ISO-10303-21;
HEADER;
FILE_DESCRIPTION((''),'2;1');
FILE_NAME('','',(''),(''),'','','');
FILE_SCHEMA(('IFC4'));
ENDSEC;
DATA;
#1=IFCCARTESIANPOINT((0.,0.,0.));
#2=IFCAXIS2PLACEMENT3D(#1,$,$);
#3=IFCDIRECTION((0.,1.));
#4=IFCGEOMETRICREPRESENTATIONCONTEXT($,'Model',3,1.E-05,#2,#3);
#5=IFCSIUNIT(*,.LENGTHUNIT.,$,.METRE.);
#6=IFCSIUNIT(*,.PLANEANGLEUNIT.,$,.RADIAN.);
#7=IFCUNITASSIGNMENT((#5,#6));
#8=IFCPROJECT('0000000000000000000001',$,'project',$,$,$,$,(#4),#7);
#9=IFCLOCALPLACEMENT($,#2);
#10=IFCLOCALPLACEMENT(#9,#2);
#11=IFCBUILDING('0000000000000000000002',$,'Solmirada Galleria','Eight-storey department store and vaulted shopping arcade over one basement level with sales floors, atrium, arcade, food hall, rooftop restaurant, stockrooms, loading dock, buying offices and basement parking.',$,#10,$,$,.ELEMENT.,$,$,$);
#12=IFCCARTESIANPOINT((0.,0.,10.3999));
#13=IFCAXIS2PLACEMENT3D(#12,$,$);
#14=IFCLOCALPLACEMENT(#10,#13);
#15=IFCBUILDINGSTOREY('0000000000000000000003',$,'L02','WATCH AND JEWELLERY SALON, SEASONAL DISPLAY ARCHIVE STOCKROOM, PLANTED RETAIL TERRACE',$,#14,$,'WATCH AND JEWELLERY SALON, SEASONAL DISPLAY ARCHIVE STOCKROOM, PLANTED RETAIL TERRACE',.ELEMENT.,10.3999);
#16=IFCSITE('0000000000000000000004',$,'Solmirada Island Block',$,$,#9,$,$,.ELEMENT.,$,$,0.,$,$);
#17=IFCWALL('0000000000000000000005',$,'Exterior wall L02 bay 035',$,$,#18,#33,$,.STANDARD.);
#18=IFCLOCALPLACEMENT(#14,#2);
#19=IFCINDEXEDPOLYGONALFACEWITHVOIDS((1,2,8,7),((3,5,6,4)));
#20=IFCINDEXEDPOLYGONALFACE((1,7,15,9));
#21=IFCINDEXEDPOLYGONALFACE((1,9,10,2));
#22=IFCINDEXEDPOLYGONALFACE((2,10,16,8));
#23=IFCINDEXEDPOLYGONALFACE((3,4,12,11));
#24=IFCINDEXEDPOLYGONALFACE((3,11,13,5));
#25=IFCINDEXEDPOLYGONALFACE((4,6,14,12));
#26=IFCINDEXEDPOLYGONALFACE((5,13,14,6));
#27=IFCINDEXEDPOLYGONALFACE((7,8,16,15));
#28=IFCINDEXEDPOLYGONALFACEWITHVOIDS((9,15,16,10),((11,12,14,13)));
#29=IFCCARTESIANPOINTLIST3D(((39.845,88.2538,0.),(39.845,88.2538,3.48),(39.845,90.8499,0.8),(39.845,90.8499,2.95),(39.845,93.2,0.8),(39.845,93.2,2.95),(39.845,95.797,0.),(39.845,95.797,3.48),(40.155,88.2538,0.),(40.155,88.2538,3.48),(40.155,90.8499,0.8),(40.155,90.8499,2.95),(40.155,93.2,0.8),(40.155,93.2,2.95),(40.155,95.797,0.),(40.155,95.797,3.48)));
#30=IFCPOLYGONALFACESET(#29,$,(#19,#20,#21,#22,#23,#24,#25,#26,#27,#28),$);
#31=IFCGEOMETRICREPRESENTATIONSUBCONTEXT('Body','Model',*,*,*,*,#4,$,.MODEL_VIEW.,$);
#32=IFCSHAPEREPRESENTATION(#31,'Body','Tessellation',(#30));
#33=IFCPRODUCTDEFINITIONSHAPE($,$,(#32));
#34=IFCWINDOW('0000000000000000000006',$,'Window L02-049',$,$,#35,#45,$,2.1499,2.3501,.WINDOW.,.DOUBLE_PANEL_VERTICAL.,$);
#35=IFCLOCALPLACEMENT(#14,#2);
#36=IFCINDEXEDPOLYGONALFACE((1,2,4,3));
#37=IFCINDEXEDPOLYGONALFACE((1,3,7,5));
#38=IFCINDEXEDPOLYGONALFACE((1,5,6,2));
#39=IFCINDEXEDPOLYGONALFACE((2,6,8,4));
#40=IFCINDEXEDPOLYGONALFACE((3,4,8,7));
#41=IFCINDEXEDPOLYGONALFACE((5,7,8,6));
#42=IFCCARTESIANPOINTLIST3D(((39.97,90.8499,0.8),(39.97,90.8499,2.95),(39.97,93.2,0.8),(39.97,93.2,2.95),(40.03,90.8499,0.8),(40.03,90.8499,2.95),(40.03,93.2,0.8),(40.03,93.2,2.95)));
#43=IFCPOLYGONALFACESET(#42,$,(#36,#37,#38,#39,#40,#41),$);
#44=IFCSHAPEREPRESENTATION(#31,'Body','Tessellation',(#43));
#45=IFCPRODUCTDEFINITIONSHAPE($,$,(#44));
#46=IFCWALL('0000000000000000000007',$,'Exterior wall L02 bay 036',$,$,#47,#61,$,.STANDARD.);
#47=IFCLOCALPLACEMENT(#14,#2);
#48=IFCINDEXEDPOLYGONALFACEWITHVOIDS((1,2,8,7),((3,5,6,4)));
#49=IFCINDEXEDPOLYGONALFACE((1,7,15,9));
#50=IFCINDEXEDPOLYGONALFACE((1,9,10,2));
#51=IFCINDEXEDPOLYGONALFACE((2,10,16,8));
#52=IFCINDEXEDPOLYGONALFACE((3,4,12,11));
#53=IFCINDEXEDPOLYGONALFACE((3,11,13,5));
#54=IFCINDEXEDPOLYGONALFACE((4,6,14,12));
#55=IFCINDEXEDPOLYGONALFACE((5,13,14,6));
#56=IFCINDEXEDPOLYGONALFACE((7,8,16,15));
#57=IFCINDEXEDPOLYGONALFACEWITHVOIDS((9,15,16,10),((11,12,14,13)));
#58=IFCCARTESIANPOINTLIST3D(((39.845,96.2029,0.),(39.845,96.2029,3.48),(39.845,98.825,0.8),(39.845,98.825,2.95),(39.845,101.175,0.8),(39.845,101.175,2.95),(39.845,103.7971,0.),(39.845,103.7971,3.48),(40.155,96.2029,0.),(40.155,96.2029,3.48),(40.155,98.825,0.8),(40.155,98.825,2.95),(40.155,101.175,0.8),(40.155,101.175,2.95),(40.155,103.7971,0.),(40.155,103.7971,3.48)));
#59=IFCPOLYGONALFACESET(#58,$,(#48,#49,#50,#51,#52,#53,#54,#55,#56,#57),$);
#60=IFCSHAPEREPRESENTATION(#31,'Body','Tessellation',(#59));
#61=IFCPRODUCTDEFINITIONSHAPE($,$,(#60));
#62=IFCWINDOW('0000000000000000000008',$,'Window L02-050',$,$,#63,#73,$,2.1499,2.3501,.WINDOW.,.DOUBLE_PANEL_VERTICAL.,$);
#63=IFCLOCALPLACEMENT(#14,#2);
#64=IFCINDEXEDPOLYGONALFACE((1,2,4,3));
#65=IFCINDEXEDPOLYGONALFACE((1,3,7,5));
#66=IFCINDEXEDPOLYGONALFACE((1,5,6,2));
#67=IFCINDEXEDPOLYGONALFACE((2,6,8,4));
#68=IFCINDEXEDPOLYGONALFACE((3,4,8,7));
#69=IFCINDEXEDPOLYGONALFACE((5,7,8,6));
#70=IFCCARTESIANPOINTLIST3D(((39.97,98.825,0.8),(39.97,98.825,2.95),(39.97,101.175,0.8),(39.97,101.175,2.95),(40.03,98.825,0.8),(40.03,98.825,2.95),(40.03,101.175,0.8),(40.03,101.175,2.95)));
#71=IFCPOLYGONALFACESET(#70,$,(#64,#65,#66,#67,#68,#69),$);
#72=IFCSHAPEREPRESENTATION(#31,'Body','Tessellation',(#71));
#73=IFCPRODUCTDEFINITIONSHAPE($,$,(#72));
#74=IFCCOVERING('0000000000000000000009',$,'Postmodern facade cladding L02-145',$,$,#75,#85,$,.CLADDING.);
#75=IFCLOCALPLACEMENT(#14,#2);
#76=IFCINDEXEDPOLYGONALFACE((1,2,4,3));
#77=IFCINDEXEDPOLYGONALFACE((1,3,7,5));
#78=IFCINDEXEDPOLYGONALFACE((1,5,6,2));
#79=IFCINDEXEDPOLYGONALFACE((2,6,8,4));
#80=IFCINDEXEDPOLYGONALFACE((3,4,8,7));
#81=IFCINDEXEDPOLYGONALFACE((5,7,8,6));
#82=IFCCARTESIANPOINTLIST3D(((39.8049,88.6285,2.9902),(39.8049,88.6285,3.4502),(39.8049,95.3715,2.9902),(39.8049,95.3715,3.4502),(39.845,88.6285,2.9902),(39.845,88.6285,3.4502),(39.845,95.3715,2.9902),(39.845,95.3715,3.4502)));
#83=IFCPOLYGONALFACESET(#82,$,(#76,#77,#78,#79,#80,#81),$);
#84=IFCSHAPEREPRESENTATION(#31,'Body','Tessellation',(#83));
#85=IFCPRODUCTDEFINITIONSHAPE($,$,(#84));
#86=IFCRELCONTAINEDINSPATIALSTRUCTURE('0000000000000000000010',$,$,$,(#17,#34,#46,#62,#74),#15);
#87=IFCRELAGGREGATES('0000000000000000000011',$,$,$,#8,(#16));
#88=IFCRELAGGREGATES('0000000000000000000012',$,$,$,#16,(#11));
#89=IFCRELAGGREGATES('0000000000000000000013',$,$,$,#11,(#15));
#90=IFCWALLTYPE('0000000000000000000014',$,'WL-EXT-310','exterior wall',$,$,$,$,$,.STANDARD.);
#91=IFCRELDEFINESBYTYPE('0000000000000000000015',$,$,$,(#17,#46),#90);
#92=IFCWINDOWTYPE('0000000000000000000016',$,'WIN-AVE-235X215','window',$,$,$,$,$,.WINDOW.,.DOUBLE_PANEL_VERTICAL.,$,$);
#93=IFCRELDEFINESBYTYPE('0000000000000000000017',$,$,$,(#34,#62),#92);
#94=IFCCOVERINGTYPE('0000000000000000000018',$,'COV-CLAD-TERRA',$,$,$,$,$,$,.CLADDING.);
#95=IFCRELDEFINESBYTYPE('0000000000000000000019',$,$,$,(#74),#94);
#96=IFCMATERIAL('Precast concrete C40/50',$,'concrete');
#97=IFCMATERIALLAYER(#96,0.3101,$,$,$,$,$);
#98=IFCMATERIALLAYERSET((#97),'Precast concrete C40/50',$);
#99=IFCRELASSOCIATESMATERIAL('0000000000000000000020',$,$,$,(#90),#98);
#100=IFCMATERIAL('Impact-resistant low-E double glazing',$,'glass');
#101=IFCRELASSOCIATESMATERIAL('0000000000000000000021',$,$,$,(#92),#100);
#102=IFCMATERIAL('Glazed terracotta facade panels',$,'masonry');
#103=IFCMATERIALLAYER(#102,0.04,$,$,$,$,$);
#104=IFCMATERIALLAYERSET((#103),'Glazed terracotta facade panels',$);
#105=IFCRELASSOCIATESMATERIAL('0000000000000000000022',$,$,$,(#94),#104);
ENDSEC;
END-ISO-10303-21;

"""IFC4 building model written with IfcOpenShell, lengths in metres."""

from ifc_helpers import new_model, si_unit, direction, frame, frame_2d, origin, origin_2d, place, context, subcontext, project, spatial, rectangle, extrude, material, layer, layer_set, type_object, element, fill, save


model = new_model("IFC4")

# Units and contexts
model_context = context("Model", 3, precision=1e-05, world=origin(), true_north=direction((0.0, 1.0)))
body_context = subcontext(model_context, "Body", "Model", "MODEL_VIEW")
ifc_project = project(units=[si_unit("LENGTHUNIT", "METRE"), si_unit("PLANEANGLEUNIT", "RADIAN")], contexts=[model_context])

# Site, building, storey
site_placement = place(None, origin())
site = spatial("IfcSite", under=ifc_project, at=site_placement, Name="Solmirada Island Block", CompositionType="ELEMENT", RefElevation=0.0)
building_placement = place(site_placement, origin())
building = spatial("IfcBuilding", under=site, at=building_placement, Name="Solmirada Galleria", Description="Eight-storey department store and vaulted shopping arcade over one basement level with sales floors, atrium, arcade, food hall, rooftop restaurant, stockrooms, loading dock, buying offices and basement parking.", CompositionType="ELEMENT")
storey_placement = place(building_placement, frame((0.0, 0.0, 10.3999)))
storey = spatial("IfcBuildingStorey", under=building, at=storey_placement, Name="L02", Description="WATCH AND JEWELLERY SALON, SEASONAL DISPLAY ARCHIVE STOCKROOM, PLANTED RETAIL TERRACE", LongName="WATCH AND JEWELLERY SALON, SEASONAL DISPLAY ARCHIVE STOCKROOM, PLANTED RETAIL TERRACE", CompositionType="ELEMENT", Elevation=10.3999)

# Walls, openings, windows
ifc_material_1 = material(Name="Precast concrete C40/50", Category="concrete")
ifc_layer_1 = layer(ifc_material_1, 0.3101)
ifc_layer_set_1 = layer_set([ifc_layer_1], Name="Precast concrete C40/50")
wall_type = type_object("IfcWallType", Name="WL-EXT-310", Description="exterior wall", PredefinedType="STANDARD", material=ifc_layer_set_1)
wall_1_placement = place(storey_placement, frame((40.0, 88.2539, 0.0), z_axis=(0.0, 0.0, 1.0), x_axis=(0.0, 1.0, 0.0)))
wall_1 = element("IfcWall", 1, at=wall_1_placement, inside=storey, type_object=wall_type, Name="Exterior wall L02 bay 035", PredefinedType="STANDARD", context=body_context, shape_type="SweptSolid", body=[
    extrude(rectangle(XDim=7.5432, YDim=0.3101, at=frame_2d((3.7715, 0.0))), origin(), (0.0, 0.0, 1.0), 3.48),
])
opening_1_placement = place(wall_1_placement, frame((2.5959, 0.0, 0.8)))
opening_1 = element("IfcOpeningElement", 2, at=opening_1_placement, cuts=wall_1, PredefinedType="OPENING", context=body_context, shape_type="SweptSolid", body=[
    extrude(rectangle(XDim=2.3501, YDim=2.1499, at=frame_2d((1.175, 1.075))), frame((0.0, 0.165, 0.0), z_axis=(0.0, -1.0, 0.0), x_axis=(1.0, 0.0, 0.0)), (0.0, 0.0, 1.0), 0.3301),
])
ifc_material_2 = material(Name="Impact-resistant low-E double glazing", Category="glass")
window_type = type_object("IfcWindowType", Name="WIN-AVE-235X215", Description="window", PartitioningType="DOUBLE_PANEL_VERTICAL", PredefinedType="WINDOW", material=ifc_material_2)
window_1_placement = place(opening_1_placement, origin())
window_1 = element("IfcWindow", 3, at=window_1_placement, inside=storey, type_object=window_type, Name="Window L02-049", OverallHeight=2.1499, OverallWidth=2.3501, PartitioningType="DOUBLE_PANEL_VERTICAL", PredefinedType="WINDOW", context=body_context, shape_type="SweptSolid", body=[
    extrude(rectangle(XDim=2.3501, YDim=2.1499, at=frame_2d((1.175, 1.075))), frame((0.0, 0.03, 0.0), z_axis=(0.0, -1.0, 0.0), x_axis=(1.0, 0.0, 0.0)), (0.0, 0.0, 1.0), 0.0601),
])
fill(opening_1, window_1)
wall_2_placement = place(storey_placement, frame((40.0, 96.2029, 0.0), z_axis=(0.0, 0.0, 1.0), x_axis=(0.0, 1.0, 0.0)))
wall_2 = element("IfcWall", 4, at=wall_2_placement, inside=storey, type_object=wall_type, Name="Exterior wall L02 bay 036", PredefinedType="STANDARD", context=body_context, shape_type="SweptSolid", body=[
    extrude(rectangle(XDim=7.5942, YDim=0.3101, at=frame_2d((3.7971, 0.0))), origin(), (0.0, 0.0, 1.0), 3.48),
])
opening_2_placement = place(wall_2_placement, frame((2.6221, 0.0, 0.8)))
opening_2 = element("IfcOpeningElement", 5, at=opening_2_placement, cuts=wall_2, PredefinedType="OPENING", context=body_context, shape_type="SweptSolid", body=[
    extrude(rectangle(XDim=2.3501, YDim=2.1499, at=frame_2d((1.175, 1.075))), frame((0.0, 0.165, 0.0), z_axis=(0.0, -1.0, 0.0), x_axis=(1.0, 0.0, 0.0)), (0.0, 0.0, 1.0), 0.3301),
])
window_2_placement = place(opening_2_placement, origin())
window_2 = element("IfcWindow", 6, at=window_2_placement, inside=storey, type_object=window_type, Name="Window L02-050", OverallHeight=2.1499, OverallWidth=2.3501, PartitioningType="DOUBLE_PANEL_VERTICAL", PredefinedType="WINDOW", context=body_context, shape_type="SweptSolid", body=[
    extrude(rectangle(XDim=2.3501, YDim=2.1499, at=frame_2d((1.175, 1.075))), frame((0.0, 0.03, 0.0), z_axis=(0.0, -1.0, 0.0), x_axis=(1.0, 0.0, 0.0)), (0.0, 0.0, 1.0), 0.0601),
])
fill(opening_2, window_2)

# Covering
ifc_material_3 = material(Name="Glazed terracotta facade panels", Category="masonry")
ifc_layer_2 = layer(ifc_material_3, 0.04)
ifc_layer_set_2 = layer_set([ifc_layer_2], Name="Glazed terracotta facade panels")
covering_type = type_object("IfcCoveringType", Name="COV-CLAD-TERRA", PredefinedType="CLADDING", material=ifc_layer_set_2)
covering_placement = place(storey_placement, frame((39.825, 92.0, 2.9902), z_axis=(0.0, 0.0, 1.0), x_axis=(0.0, 1.0, 0.0)))
element("IfcCovering", 7, at=covering_placement, inside=storey, type_object=covering_type, Name="Postmodern facade cladding L02-145", PredefinedType="CLADDING", context=body_context, shape_type="SweptSolid", body=[
    extrude(rectangle(XDim=6.7429, YDim=0.04, at=origin_2d()), origin(), (0.0, 0.0, 1.0), 0.46),
])

save(model, "model.ifc")
